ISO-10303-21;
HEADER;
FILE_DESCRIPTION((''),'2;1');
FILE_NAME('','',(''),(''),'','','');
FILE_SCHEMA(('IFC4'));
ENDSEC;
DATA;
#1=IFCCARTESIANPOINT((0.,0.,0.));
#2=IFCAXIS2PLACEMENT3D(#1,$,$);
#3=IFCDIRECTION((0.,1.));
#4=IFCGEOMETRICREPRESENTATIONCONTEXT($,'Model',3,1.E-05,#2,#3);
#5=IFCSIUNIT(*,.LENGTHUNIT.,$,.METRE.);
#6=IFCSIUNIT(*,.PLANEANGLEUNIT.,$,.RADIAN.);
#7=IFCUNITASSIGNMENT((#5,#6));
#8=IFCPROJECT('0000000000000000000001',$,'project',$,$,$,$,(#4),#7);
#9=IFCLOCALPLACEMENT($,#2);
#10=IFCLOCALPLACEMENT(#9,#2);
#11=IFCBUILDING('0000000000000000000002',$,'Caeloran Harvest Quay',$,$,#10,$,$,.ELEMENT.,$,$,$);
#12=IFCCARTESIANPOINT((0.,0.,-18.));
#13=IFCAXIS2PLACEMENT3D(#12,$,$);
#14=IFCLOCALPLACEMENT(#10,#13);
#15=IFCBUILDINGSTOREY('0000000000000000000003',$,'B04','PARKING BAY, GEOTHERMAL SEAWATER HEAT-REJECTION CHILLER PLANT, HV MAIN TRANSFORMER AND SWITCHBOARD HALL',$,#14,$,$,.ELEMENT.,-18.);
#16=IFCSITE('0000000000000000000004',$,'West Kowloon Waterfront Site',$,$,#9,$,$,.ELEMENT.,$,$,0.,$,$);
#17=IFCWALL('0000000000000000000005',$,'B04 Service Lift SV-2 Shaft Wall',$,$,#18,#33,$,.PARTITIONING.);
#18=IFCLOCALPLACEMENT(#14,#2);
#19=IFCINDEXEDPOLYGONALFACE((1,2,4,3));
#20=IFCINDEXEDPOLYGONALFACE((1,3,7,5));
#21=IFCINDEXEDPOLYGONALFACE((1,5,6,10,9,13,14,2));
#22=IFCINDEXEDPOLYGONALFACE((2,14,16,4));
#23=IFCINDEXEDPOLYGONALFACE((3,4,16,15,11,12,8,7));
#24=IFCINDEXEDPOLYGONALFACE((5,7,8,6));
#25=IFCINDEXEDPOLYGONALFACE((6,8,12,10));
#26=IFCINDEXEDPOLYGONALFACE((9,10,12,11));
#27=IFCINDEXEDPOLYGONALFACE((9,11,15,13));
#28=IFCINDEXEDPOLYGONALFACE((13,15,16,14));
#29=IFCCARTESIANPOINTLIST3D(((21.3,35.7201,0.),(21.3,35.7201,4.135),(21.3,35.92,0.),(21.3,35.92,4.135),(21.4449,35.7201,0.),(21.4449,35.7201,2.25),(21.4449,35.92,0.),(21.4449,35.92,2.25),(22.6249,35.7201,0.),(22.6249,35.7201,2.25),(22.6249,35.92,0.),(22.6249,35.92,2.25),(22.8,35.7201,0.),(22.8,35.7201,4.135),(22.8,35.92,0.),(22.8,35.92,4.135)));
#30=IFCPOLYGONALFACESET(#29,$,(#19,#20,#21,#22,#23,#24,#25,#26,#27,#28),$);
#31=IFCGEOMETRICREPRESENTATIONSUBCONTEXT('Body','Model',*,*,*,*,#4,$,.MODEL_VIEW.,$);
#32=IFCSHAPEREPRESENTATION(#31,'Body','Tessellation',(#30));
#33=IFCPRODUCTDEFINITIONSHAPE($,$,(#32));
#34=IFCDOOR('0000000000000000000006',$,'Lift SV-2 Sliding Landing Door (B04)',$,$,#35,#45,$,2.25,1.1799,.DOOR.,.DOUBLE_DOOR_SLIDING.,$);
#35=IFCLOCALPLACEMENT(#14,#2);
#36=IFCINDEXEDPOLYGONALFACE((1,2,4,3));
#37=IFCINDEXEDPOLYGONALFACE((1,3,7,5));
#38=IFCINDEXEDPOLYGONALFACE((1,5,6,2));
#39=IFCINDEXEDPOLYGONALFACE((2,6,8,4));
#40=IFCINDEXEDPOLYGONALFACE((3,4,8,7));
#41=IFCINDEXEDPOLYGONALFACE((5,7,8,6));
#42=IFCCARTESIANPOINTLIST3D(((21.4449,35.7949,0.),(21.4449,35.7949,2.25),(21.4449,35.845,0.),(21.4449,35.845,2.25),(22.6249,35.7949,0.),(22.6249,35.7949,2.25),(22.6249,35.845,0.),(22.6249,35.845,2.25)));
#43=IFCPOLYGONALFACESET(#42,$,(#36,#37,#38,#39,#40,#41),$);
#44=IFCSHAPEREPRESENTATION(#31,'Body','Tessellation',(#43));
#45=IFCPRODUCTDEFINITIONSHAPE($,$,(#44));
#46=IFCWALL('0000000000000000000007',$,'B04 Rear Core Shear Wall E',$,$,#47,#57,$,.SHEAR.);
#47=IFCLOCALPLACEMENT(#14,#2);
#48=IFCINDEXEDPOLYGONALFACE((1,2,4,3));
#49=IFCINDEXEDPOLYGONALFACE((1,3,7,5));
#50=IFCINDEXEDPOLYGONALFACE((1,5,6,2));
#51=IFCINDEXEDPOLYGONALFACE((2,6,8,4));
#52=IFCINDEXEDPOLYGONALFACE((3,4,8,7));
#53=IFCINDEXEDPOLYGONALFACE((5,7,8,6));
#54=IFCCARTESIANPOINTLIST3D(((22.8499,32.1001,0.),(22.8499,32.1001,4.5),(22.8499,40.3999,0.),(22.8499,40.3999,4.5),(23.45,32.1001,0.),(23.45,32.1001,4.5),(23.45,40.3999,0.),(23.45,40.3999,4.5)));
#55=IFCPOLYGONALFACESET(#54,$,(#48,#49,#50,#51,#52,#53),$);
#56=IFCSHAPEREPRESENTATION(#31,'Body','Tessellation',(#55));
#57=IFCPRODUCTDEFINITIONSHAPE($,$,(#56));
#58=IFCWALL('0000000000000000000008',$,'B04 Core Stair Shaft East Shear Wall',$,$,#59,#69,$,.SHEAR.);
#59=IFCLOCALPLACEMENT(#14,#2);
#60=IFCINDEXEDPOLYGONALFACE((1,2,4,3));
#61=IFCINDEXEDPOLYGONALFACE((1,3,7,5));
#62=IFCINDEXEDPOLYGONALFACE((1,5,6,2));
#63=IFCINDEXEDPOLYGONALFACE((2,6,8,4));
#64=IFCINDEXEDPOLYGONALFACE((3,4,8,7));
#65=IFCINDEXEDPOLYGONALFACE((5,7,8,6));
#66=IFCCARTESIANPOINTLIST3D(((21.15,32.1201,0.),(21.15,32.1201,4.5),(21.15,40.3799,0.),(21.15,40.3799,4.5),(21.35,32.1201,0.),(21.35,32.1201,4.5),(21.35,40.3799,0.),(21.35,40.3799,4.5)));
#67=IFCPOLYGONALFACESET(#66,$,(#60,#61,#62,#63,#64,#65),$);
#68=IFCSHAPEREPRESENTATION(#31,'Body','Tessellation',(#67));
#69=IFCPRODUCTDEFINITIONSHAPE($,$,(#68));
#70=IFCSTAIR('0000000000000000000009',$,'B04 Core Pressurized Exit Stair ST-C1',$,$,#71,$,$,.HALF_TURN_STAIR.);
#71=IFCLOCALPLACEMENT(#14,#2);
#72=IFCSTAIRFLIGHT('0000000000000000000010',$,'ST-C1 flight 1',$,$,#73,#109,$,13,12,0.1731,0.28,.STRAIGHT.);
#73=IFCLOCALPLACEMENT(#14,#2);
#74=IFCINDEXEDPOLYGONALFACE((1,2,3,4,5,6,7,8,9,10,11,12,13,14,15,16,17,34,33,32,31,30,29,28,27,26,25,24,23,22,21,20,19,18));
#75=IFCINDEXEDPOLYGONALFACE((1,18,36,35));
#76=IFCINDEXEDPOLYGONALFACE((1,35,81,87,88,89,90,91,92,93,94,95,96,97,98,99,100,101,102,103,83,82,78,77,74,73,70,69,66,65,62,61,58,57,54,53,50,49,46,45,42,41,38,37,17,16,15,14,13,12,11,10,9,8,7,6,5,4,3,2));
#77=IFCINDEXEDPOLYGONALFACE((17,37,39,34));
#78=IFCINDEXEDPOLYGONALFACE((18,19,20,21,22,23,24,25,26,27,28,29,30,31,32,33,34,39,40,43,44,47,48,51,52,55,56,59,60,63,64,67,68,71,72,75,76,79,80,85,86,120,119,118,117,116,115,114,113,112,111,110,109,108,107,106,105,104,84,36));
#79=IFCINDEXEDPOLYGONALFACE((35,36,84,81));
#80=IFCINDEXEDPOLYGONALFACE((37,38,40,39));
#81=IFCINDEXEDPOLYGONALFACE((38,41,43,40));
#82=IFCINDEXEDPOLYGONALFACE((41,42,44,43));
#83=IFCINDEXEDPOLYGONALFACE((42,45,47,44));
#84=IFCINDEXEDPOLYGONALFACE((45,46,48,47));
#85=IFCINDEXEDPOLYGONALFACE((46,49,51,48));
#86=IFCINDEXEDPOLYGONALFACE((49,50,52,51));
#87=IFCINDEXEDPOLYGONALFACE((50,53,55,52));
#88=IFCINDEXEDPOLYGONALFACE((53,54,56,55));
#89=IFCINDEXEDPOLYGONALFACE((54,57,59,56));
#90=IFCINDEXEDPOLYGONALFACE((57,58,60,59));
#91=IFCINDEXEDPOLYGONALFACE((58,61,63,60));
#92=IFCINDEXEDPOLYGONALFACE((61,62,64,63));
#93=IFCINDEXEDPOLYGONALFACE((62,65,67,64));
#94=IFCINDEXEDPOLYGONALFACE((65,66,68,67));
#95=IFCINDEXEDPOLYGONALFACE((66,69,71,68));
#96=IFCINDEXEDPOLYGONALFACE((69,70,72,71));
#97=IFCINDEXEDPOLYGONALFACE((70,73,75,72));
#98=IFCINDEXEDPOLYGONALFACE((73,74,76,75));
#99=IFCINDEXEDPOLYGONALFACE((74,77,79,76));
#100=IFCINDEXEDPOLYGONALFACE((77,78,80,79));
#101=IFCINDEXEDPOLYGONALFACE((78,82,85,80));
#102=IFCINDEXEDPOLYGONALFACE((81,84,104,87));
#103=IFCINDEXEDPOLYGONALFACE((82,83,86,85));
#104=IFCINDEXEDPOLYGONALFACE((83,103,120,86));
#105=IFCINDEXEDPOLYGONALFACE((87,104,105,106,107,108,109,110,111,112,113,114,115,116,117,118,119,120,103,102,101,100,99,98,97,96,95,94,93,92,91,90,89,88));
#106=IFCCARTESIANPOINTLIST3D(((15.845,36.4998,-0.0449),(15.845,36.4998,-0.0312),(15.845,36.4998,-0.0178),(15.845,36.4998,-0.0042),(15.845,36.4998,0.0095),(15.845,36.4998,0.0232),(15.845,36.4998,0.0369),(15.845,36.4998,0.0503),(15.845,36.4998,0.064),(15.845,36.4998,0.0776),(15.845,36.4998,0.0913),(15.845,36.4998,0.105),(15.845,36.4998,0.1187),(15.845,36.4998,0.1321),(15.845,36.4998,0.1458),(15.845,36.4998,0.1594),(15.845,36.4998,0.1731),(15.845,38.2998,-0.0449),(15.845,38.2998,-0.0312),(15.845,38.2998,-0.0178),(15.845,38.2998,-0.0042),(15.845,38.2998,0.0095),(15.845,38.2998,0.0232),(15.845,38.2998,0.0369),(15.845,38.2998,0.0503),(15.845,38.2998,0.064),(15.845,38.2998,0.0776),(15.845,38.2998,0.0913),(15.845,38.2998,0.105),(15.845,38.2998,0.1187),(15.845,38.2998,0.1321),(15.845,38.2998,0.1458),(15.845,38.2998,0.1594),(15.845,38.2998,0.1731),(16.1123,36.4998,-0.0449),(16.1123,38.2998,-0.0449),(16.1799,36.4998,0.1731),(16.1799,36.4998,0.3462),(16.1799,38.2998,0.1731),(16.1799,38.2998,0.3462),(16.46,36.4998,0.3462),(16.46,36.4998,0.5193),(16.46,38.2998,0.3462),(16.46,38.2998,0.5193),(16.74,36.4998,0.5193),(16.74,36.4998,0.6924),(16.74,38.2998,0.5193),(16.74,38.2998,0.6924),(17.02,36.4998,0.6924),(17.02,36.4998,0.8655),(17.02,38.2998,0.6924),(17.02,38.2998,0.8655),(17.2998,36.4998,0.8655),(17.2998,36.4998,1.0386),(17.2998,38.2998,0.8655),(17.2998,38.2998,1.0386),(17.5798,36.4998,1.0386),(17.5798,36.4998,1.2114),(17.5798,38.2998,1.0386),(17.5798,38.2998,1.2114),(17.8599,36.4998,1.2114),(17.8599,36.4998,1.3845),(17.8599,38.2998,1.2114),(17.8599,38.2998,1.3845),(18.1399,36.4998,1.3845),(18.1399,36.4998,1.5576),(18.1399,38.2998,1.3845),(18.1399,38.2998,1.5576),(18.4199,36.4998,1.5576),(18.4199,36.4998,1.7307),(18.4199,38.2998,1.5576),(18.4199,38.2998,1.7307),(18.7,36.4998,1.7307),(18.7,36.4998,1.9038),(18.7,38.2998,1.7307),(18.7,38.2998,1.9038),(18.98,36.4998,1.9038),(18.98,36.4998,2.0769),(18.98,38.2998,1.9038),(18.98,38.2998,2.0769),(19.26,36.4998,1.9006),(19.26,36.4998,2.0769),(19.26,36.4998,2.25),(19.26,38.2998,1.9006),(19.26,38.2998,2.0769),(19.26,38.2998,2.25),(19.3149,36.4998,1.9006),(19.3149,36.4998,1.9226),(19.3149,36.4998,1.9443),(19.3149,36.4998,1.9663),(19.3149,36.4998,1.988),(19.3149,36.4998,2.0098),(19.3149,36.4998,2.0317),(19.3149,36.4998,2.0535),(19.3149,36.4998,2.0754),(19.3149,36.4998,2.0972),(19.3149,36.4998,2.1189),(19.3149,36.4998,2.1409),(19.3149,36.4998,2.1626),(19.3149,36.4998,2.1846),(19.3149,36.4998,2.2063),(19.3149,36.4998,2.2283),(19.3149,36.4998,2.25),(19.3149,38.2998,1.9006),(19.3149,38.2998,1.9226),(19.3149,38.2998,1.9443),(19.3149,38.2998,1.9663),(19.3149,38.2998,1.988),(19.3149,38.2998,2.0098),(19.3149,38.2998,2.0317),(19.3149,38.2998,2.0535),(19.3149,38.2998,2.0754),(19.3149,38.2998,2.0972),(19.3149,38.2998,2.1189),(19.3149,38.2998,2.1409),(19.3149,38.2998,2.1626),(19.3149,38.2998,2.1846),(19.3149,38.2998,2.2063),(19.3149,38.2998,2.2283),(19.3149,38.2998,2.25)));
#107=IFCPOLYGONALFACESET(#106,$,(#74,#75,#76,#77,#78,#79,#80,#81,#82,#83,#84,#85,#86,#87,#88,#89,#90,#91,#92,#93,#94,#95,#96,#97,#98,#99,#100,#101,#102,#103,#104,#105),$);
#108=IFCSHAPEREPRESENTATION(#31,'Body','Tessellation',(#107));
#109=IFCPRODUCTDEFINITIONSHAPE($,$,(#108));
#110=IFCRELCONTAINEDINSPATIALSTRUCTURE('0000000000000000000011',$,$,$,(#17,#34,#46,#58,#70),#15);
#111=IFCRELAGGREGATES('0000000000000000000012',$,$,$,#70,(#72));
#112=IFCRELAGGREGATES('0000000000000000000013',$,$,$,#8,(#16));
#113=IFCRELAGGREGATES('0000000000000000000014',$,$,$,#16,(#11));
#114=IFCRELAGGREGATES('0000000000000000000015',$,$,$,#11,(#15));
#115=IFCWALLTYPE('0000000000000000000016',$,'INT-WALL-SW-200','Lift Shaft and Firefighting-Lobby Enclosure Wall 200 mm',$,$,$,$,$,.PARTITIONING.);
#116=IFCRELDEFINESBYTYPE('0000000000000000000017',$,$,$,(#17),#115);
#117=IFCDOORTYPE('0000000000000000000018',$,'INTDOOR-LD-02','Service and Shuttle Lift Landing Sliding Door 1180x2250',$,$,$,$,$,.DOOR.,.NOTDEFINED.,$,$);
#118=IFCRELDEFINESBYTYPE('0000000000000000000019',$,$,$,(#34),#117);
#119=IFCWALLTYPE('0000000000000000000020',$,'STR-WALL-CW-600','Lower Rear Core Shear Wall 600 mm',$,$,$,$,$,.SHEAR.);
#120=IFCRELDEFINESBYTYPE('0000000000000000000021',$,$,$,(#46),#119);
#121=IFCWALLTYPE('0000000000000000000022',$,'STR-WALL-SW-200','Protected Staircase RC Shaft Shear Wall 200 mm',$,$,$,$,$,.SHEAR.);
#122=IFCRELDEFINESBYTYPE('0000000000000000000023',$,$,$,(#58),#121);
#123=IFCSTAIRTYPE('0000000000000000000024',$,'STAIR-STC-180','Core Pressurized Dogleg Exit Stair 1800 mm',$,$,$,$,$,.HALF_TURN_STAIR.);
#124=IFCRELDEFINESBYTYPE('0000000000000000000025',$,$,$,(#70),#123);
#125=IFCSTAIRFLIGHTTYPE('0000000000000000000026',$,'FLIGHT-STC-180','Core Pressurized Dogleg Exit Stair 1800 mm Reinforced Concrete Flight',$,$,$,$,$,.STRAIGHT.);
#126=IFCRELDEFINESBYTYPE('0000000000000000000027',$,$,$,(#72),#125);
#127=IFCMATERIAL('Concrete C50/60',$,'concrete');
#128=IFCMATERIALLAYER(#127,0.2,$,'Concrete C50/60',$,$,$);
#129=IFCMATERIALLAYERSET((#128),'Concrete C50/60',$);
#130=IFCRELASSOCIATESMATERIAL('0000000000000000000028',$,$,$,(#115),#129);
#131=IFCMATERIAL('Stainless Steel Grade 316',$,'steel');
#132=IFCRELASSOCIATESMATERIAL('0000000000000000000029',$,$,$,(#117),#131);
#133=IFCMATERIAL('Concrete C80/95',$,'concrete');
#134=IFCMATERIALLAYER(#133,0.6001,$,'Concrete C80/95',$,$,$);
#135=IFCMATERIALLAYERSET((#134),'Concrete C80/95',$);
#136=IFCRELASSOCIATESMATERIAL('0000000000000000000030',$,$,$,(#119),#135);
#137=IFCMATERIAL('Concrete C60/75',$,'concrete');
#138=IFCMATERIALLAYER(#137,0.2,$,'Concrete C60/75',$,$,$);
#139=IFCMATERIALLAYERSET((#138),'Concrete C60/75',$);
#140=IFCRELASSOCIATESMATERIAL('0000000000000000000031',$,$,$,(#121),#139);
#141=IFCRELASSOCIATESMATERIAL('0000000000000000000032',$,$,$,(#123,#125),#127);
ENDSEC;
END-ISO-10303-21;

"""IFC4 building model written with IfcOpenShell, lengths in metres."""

from ifc_helpers import new_model, si_unit, direction, frame, frame_2d, origin, place, context, subcontext, project, spatial, polyline, rectangle, outline, extrude, material, layer, layer_set, type_object, element, fill, aggregate, save


model = new_model("IFC4")

# Units and contexts
model_context = context("Model", 3, precision=1e-05, world=origin(), true_north=direction((0.0, 1.0)))
body_context = subcontext(model_context, "Body", "Model", "MODEL_VIEW")
ifc_project = project(units=[si_unit("LENGTHUNIT", "METRE"), si_unit("PLANEANGLEUNIT", "RADIAN")], contexts=[model_context])

# Site, building, storey
site_placement = place(None, origin())
site = spatial("IfcSite", under=ifc_project, at=site_placement, Name="West Kowloon Waterfront Site", CompositionType="ELEMENT", RefElevation=0.0)
building_placement = place(site_placement, origin())
building = spatial("IfcBuilding", under=site, at=building_placement, Name="Caeloran Harvest Quay", CompositionType="ELEMENT")
storey_placement = place(building_placement, frame((0.0, 0.0, -18.0)))
storey = spatial("IfcBuildingStorey", under=building, at=storey_placement, Name="B04", Description="PARKING BAY, GEOTHERMAL SEAWATER HEAT-REJECTION CHILLER PLANT, HV MAIN TRANSFORMER AND SWITCHBOARD HALL", CompositionType="ELEMENT", Elevation=-18.0)

# Shared definitions
ifc_material_1 = material(Name="Concrete C60/75", Category="concrete")

# Shared definitions
ifc_material_2 = material(Name="Concrete C80/95", Category="concrete")

# Wall, opening, door
ifc_material_3 = material(Name="Concrete C50/60", Category="concrete")
ifc_layer_1 = layer(ifc_material_3, 0.2, Name="Concrete C50/60")
ifc_layer_set_1 = layer_set([ifc_layer_1], Name="Concrete C50/60")
wall_type_1 = type_object("IfcWallType", Name="INT-WALL-SW-200", Description="Lift Shaft and Firefighting-Lobby Enclosure Wall 200 mm", PredefinedType="PARTITIONING", material=ifc_layer_set_1)
wall_1_placement = place(storey_placement, frame((21.3, 35.8201, 0.0), z_axis=(0.0, 0.0, 1.0), x_axis=(1.0, 0.0, 0.0)))
wall_1 = element("IfcWall", 1, at=wall_1_placement, inside=storey, type_object=wall_type_1, Name="B04 Service Lift SV-2 Shaft Wall", PredefinedType="PARTITIONING", context=body_context, shape_type="SweptSolid", body=[
    extrude(rectangle(XDim=1.5, YDim=0.2, at=frame_2d((0.75, 0.0))), origin(), (0.0, 0.0, 1.0), 4.135),
])
opening_placement = place(wall_1_placement, frame((0.145, 0.0, 0.0)))
opening = element("IfcOpeningElement", 2, at=opening_placement, cuts=wall_1, PredefinedType="OPENING", context=body_context, shape_type="SweptSolid", body=[
    extrude(rectangle(XDim=1.1799, YDim=2.25, at=frame_2d((0.5898, 1.125))), frame((0.0, 0.1099, 0.0), z_axis=(0.0, -1.0, 0.0), x_axis=(1.0, 0.0, 0.0)), (0.0, 0.0, 1.0), 0.22),
])
ifc_material_4 = material(Name="Stainless Steel Grade 316", Category="steel")
door_type = type_object("IfcDoorType", Name="INTDOOR-LD-02", Description="Service and Shuttle Lift Landing Sliding Door 1180x2250", OperationType="NOTDEFINED", PredefinedType="DOOR", material=ifc_material_4)
door_placement = place(opening_placement, origin())
door = element("IfcDoor", 3, at=door_placement, inside=storey, type_object=door_type, Name="Lift SV-2 Sliding Landing Door (B04)", OperationType="DOUBLE_DOOR_SLIDING", OverallHeight=2.25, OverallWidth=1.1799, PredefinedType="DOOR", context=body_context, shape_type="SweptSolid", body=[
    extrude(rectangle(XDim=1.1799, YDim=2.25, at=frame_2d((0.5898, 1.125))), frame((0.0, 0.0249, 0.0), z_axis=(0.0, -1.0, 0.0), x_axis=(1.0, 0.0, 0.0)), (0.0, 0.0, 1.0), 0.05),
])
fill(opening, door)

# Walls
ifc_layer_2 = layer(ifc_material_2, 0.6001, Name="Concrete C80/95")
ifc_layer_set_2 = layer_set([ifc_layer_2], Name="Concrete C80/95")
wall_type_2 = type_object("IfcWallType", Name="STR-WALL-CW-600", Description="Lower Rear Core Shear Wall 600 mm", PredefinedType="SHEAR", material=ifc_layer_set_2)
wall_2_placement = place(storey_placement, frame((23.1499, 32.1001, 0.0), z_axis=(0.0, 0.0, 1.0), x_axis=(0.0, 1.0, 0.0)))
element("IfcWall", 4, at=wall_2_placement, inside=storey, type_object=wall_type_2, Name="B04 Rear Core Shear Wall E", PredefinedType="SHEAR", context=body_context, shape_type="SweptSolid", body=[
    extrude(rectangle(XDim=8.2998, YDim=0.6001, at=frame_2d((4.1499, 0.0))), origin(), (0.0, 0.0, 1.0), 4.5),
])
ifc_layer_3 = layer(ifc_material_1, 0.2, Name="Concrete C60/75")
ifc_layer_set_3 = layer_set([ifc_layer_3], Name="Concrete C60/75")
wall_type_3 = type_object("IfcWallType", Name="STR-WALL-SW-200", Description="Protected Staircase RC Shaft Shear Wall 200 mm", PredefinedType="SHEAR", material=ifc_layer_set_3)
wall_3_placement = place(storey_placement, frame((21.25, 32.1201, 0.0), z_axis=(0.0, 0.0, 1.0), x_axis=(0.0, 1.0, 0.0)))
element("IfcWall", 5, at=wall_3_placement, inside=storey, type_object=wall_type_3, Name="B04 Core Stair Shaft East Shear Wall", PredefinedType="SHEAR", context=body_context, shape_type="SweptSolid", body=[
    extrude(rectangle(XDim=8.2598, YDim=0.2, at=frame_2d((4.1299, 0.0))), origin(), (0.0, 0.0, 1.0), 4.5),
])

# Stair, stair flight
stair_type = type_object("IfcStairType", Name="STAIR-STC-180", Description="Core Pressurized Dogleg Exit Stair 1800 mm", PredefinedType="HALF_TURN_STAIR", material=ifc_material_3)
stair_1_placement = place(storey_placement, origin())
stair_1 = element("IfcStair", 6, at=stair_1_placement, inside=storey, type_object=stair_type, Name="B04 Core Pressurized Exit Stair ST-C1", PredefinedType="HALF_TURN_STAIR")
stair_flight_type = type_object("IfcStairFlightType", Name="FLIGHT-STC-180", Description="Core Pressurized Dogleg Exit Stair 1800 mm Reinforced Concrete Flight", PredefinedType="STRAIGHT", material=ifc_material_3)
stair_flight_1_placement = place(storey_placement, frame((15.8999, 37.3999, 0.0), z_axis=(0.0, 0.0, 1.0), x_axis=(1.0, 0.0, 0.0)))
stair_flight_1 = element("IfcStairFlight", 7, at=stair_flight_1_placement, type_object=stair_flight_type, Name="ST-C1 flight 1", NumberOfRisers=13, NumberOfTreads=12, PredefinedType="STRAIGHT", RiserHeight=0.1731, TreadLength=0.28, context=body_context, shape_type="SweptSolid", body=[
    extrude(outline(polyline([(-0.0549, -0.0449), (-0.0549, -0.0312), (-0.0549, -0.0178), (-0.0549, -0.0042), (-0.0549, 0.0095), (-0.0549, 0.0232), (-0.0549, 0.0369), (-0.0549, 0.0503), (-0.0549, 0.064), (-0.0549, 0.0776), (-0.0549, 0.0913), (-0.0549, 0.105), (-0.0549, 0.1187), (-0.0549, 0.1321), (-0.0549, 0.1458), (-0.0549, 0.1594), (-0.0549, 0.1731), (0.28, 0.1731), (0.28, 0.3462), (0.5601, 0.3462), (0.5601, 0.5193), (0.8401, 0.5193), (0.8401, 0.6924), (1.1201, 0.6924), (1.1201, 0.8655), (1.3999, 0.8655), (1.3999, 1.0386), (1.6799, 1.0386), (1.6799, 1.2114), (1.96, 1.2114), (1.96, 1.3845), (2.24, 1.3845), (2.24, 1.5576), (2.52, 1.5576), (2.52, 1.7307), (2.8, 1.7307), (2.8, 1.9038), (3.0801, 1.9038), (3.0801, 2.0769), (3.3601, 2.0769), (3.3601, 2.25), (3.415, 2.25), (3.415, 2.2283), (3.415, 2.2063), (3.415, 2.1846), (3.415, 2.1626), (3.415, 2.1409), (3.415, 2.1189), (3.415, 2.0972), (3.415, 2.0754), (3.415, 2.0535), (3.415, 2.0317), (3.415, 2.0098), (3.415, 1.988), (3.415, 1.9663), (3.415, 1.9443), (3.415, 1.9226), (3.415, 1.9006), (3.3601, 1.9006), (0.2124, -0.0449), (-0.0549, -0.0449)])), frame((0.0, 0.8999, 0.0), z_axis=(0.0, -1.0, 0.0), x_axis=(1.0, 0.0, 0.0)), (0.0, 0.0, 1.0), 1.8),
])
aggregate(stair_1, [stair_flight_1])

save(model, "model.ifc")
